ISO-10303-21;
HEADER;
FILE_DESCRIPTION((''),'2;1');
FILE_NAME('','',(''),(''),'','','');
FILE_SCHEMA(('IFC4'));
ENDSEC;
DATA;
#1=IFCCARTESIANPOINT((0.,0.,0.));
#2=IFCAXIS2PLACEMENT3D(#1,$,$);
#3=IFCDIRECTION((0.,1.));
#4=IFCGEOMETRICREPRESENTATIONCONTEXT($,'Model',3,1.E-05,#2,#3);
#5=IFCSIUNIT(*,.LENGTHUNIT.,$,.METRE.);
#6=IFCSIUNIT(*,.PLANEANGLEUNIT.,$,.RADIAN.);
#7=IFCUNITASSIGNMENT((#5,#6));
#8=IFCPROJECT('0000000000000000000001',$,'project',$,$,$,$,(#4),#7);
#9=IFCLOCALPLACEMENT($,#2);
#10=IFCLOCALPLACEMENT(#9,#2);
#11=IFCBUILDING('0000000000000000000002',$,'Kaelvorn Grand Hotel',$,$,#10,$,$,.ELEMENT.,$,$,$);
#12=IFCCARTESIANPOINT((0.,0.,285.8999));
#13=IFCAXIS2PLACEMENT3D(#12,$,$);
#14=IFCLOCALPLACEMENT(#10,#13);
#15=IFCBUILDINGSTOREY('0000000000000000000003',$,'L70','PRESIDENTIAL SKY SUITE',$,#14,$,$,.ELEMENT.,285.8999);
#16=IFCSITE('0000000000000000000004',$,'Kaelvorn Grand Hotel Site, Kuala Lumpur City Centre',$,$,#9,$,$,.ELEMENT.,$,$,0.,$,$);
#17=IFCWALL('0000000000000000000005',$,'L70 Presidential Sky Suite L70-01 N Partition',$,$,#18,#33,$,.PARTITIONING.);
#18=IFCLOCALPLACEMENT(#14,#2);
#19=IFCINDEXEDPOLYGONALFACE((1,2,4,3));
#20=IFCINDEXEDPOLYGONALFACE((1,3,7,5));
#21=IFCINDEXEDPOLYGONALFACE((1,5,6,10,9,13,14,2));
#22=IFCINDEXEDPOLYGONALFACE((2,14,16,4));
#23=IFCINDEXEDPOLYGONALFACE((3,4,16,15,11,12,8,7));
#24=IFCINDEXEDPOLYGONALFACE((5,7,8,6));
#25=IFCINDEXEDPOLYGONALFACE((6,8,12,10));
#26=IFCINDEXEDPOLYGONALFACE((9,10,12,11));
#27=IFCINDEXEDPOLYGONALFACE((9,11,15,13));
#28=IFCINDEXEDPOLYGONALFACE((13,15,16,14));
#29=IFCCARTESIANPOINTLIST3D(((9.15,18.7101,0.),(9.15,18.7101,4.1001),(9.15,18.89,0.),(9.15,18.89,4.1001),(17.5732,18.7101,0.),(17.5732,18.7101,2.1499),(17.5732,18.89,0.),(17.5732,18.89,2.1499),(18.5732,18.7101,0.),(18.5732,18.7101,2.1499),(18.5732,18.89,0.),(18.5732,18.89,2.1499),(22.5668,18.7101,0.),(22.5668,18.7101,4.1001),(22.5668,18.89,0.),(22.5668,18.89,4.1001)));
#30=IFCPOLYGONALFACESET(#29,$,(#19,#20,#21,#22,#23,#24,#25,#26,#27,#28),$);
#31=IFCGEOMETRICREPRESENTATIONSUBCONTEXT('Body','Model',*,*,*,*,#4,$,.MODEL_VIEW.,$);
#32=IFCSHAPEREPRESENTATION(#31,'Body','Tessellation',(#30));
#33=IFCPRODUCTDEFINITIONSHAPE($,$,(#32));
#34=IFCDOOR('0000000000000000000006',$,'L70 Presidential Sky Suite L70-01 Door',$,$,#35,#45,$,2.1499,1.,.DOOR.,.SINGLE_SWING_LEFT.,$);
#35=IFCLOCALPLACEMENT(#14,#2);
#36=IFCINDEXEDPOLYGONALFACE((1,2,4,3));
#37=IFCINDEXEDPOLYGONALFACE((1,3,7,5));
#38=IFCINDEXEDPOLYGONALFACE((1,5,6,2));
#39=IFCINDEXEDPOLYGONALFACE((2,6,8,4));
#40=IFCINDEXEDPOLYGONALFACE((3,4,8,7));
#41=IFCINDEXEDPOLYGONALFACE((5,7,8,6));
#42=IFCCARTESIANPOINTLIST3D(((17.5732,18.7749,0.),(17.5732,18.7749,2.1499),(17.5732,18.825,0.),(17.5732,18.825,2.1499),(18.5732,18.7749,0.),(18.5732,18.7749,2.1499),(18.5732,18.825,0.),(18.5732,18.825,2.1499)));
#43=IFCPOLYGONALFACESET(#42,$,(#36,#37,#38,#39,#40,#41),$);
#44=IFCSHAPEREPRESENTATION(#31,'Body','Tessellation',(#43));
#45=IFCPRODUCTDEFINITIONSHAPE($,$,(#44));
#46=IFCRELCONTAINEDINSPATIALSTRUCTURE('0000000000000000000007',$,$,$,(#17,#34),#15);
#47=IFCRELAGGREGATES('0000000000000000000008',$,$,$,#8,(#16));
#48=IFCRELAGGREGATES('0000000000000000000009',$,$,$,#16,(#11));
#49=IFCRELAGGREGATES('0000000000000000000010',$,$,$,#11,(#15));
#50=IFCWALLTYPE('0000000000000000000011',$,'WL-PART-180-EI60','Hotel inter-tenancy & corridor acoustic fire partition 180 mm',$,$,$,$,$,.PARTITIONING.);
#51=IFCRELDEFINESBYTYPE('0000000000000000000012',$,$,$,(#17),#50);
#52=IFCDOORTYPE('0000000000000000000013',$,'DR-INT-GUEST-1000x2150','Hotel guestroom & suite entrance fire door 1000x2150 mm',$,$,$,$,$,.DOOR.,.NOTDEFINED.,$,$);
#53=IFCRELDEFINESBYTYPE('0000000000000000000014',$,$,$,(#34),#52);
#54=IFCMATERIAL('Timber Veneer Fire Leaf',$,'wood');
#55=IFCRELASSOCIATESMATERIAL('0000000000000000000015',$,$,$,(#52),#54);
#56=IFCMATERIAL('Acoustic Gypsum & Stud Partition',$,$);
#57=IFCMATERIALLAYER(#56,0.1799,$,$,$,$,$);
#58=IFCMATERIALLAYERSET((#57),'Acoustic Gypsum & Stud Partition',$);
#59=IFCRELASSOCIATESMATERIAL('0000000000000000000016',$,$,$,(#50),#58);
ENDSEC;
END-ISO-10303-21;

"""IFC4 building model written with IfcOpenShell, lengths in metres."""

from ifc_helpers import new_model, si_unit, direction, frame, frame_2d, origin, place, context, subcontext, project, spatial, rectangle, extrude, material, layer, layer_set, type_object, element, fill, save


model = new_model("IFC4")

# Units and contexts
model_context = context("Model", 3, precision=1e-05, world=origin(), true_north=direction((0.0, 1.0)))
body_context = subcontext(model_context, "Body", "Model", "MODEL_VIEW")
ifc_project = project(units=[si_unit("LENGTHUNIT", "METRE"), si_unit("PLANEANGLEUNIT", "RADIAN")], contexts=[model_context])

# Site, building, storey
site_placement = place(None, origin())
site = spatial("IfcSite", under=ifc_project, at=site_placement, Name="Kaelvorn Grand Hotel Site, Kuala Lumpur City Centre", CompositionType="ELEMENT", RefElevation=0.0)
building_placement = place(site_placement, origin())
building = spatial("IfcBuilding", under=site, at=building_placement, Name="Kaelvorn Grand Hotel", CompositionType="ELEMENT")
storey_placement = place(building_placement, frame((0.0, 0.0, 285.8999)))
storey = spatial("IfcBuildingStorey", under=building, at=storey_placement, Name="L70", Description="PRESIDENTIAL SKY SUITE", CompositionType="ELEMENT", Elevation=285.8999)

# Shared definitions
ifc_material_1 = material(Name="Acoustic Gypsum & Stud Partition")
ifc_material_2 = material(Name="Timber Veneer Fire Leaf", Category="wood")
door_type_1 = type_object("IfcDoorType", Name="DR-INT-GUEST-1000x2150", Description="Hotel guestroom & suite entrance fire door 1000x2150 mm", OperationType="NOTDEFINED", PredefinedType="DOOR", material=ifc_material_2)

# Wall, opening, door
ifc_layer_1 = layer(ifc_material_1, 0.1799)
ifc_layer_set_1 = layer_set([ifc_layer_1], Name="Acoustic Gypsum & Stud Partition")
wall_type_1 = type_object("IfcWallType", Name="WL-PART-180-EI60", Description="Hotel inter-tenancy & corridor acoustic fire partition 180 mm", PredefinedType="PARTITIONING", material=ifc_layer_set_1)
wall_1_placement = place(storey_placement, frame((9.1499, 18.8, 0.0), z_axis=(0.0, 0.0, 1.0), x_axis=(1.0, 0.0, 0.0)))
wall_1 = element("IfcWall", 1, at=wall_1_placement, inside=storey, type_object=wall_type_1, Name="L70 Presidential Sky Suite L70-01 N Partition", PredefinedType="PARTITIONING", context=body_context, shape_type="SweptSolid", body=[
    extrude(rectangle(XDim=13.4167, YDim=0.1799, at=frame_2d((6.7085, 0.0))), origin(), (0.0, 0.0, 1.0), 4.1001),
])
opening_1_placement = place(wall_1_placement, frame((8.4233, 0.0, 0.0)))
opening_1 = element("IfcOpeningElement", 2, at=opening_1_placement, cuts=wall_1, PredefinedType="OPENING", context=body_context, shape_type="SweptSolid", body=[
    extrude(rectangle(XDim=1.0, YDim=2.1499, at=frame_2d((0.5, 1.075))), frame((0.0, 0.1001, 0.0), z_axis=(0.0, -1.0, 0.0), x_axis=(1.0, 0.0, 0.0)), (0.0, 0.0, 1.0), 0.2),
])
door_1_placement = place(opening_1_placement, origin())
door_1 = element("IfcDoor", 3, at=door_1_placement, inside=storey, type_object=door_type_1, Name="L70 Presidential Sky Suite L70-01 Door", OperationType="SINGLE_SWING_LEFT", OverallHeight=2.1499, OverallWidth=1.0, PredefinedType="DOOR", context=body_context, shape_type="SweptSolid", body=[
    extrude(rectangle(XDim=1.0, YDim=2.1499, at=frame_2d((0.5, 1.075))), frame((0.0, 0.0249, 0.0), z_axis=(0.0, -1.0, 0.0), x_axis=(1.0, 0.0, 0.0)), (0.0, 0.0, 1.0), 0.05),
])
fill(opening_1, door_1)

save(model, "model.ifc")
